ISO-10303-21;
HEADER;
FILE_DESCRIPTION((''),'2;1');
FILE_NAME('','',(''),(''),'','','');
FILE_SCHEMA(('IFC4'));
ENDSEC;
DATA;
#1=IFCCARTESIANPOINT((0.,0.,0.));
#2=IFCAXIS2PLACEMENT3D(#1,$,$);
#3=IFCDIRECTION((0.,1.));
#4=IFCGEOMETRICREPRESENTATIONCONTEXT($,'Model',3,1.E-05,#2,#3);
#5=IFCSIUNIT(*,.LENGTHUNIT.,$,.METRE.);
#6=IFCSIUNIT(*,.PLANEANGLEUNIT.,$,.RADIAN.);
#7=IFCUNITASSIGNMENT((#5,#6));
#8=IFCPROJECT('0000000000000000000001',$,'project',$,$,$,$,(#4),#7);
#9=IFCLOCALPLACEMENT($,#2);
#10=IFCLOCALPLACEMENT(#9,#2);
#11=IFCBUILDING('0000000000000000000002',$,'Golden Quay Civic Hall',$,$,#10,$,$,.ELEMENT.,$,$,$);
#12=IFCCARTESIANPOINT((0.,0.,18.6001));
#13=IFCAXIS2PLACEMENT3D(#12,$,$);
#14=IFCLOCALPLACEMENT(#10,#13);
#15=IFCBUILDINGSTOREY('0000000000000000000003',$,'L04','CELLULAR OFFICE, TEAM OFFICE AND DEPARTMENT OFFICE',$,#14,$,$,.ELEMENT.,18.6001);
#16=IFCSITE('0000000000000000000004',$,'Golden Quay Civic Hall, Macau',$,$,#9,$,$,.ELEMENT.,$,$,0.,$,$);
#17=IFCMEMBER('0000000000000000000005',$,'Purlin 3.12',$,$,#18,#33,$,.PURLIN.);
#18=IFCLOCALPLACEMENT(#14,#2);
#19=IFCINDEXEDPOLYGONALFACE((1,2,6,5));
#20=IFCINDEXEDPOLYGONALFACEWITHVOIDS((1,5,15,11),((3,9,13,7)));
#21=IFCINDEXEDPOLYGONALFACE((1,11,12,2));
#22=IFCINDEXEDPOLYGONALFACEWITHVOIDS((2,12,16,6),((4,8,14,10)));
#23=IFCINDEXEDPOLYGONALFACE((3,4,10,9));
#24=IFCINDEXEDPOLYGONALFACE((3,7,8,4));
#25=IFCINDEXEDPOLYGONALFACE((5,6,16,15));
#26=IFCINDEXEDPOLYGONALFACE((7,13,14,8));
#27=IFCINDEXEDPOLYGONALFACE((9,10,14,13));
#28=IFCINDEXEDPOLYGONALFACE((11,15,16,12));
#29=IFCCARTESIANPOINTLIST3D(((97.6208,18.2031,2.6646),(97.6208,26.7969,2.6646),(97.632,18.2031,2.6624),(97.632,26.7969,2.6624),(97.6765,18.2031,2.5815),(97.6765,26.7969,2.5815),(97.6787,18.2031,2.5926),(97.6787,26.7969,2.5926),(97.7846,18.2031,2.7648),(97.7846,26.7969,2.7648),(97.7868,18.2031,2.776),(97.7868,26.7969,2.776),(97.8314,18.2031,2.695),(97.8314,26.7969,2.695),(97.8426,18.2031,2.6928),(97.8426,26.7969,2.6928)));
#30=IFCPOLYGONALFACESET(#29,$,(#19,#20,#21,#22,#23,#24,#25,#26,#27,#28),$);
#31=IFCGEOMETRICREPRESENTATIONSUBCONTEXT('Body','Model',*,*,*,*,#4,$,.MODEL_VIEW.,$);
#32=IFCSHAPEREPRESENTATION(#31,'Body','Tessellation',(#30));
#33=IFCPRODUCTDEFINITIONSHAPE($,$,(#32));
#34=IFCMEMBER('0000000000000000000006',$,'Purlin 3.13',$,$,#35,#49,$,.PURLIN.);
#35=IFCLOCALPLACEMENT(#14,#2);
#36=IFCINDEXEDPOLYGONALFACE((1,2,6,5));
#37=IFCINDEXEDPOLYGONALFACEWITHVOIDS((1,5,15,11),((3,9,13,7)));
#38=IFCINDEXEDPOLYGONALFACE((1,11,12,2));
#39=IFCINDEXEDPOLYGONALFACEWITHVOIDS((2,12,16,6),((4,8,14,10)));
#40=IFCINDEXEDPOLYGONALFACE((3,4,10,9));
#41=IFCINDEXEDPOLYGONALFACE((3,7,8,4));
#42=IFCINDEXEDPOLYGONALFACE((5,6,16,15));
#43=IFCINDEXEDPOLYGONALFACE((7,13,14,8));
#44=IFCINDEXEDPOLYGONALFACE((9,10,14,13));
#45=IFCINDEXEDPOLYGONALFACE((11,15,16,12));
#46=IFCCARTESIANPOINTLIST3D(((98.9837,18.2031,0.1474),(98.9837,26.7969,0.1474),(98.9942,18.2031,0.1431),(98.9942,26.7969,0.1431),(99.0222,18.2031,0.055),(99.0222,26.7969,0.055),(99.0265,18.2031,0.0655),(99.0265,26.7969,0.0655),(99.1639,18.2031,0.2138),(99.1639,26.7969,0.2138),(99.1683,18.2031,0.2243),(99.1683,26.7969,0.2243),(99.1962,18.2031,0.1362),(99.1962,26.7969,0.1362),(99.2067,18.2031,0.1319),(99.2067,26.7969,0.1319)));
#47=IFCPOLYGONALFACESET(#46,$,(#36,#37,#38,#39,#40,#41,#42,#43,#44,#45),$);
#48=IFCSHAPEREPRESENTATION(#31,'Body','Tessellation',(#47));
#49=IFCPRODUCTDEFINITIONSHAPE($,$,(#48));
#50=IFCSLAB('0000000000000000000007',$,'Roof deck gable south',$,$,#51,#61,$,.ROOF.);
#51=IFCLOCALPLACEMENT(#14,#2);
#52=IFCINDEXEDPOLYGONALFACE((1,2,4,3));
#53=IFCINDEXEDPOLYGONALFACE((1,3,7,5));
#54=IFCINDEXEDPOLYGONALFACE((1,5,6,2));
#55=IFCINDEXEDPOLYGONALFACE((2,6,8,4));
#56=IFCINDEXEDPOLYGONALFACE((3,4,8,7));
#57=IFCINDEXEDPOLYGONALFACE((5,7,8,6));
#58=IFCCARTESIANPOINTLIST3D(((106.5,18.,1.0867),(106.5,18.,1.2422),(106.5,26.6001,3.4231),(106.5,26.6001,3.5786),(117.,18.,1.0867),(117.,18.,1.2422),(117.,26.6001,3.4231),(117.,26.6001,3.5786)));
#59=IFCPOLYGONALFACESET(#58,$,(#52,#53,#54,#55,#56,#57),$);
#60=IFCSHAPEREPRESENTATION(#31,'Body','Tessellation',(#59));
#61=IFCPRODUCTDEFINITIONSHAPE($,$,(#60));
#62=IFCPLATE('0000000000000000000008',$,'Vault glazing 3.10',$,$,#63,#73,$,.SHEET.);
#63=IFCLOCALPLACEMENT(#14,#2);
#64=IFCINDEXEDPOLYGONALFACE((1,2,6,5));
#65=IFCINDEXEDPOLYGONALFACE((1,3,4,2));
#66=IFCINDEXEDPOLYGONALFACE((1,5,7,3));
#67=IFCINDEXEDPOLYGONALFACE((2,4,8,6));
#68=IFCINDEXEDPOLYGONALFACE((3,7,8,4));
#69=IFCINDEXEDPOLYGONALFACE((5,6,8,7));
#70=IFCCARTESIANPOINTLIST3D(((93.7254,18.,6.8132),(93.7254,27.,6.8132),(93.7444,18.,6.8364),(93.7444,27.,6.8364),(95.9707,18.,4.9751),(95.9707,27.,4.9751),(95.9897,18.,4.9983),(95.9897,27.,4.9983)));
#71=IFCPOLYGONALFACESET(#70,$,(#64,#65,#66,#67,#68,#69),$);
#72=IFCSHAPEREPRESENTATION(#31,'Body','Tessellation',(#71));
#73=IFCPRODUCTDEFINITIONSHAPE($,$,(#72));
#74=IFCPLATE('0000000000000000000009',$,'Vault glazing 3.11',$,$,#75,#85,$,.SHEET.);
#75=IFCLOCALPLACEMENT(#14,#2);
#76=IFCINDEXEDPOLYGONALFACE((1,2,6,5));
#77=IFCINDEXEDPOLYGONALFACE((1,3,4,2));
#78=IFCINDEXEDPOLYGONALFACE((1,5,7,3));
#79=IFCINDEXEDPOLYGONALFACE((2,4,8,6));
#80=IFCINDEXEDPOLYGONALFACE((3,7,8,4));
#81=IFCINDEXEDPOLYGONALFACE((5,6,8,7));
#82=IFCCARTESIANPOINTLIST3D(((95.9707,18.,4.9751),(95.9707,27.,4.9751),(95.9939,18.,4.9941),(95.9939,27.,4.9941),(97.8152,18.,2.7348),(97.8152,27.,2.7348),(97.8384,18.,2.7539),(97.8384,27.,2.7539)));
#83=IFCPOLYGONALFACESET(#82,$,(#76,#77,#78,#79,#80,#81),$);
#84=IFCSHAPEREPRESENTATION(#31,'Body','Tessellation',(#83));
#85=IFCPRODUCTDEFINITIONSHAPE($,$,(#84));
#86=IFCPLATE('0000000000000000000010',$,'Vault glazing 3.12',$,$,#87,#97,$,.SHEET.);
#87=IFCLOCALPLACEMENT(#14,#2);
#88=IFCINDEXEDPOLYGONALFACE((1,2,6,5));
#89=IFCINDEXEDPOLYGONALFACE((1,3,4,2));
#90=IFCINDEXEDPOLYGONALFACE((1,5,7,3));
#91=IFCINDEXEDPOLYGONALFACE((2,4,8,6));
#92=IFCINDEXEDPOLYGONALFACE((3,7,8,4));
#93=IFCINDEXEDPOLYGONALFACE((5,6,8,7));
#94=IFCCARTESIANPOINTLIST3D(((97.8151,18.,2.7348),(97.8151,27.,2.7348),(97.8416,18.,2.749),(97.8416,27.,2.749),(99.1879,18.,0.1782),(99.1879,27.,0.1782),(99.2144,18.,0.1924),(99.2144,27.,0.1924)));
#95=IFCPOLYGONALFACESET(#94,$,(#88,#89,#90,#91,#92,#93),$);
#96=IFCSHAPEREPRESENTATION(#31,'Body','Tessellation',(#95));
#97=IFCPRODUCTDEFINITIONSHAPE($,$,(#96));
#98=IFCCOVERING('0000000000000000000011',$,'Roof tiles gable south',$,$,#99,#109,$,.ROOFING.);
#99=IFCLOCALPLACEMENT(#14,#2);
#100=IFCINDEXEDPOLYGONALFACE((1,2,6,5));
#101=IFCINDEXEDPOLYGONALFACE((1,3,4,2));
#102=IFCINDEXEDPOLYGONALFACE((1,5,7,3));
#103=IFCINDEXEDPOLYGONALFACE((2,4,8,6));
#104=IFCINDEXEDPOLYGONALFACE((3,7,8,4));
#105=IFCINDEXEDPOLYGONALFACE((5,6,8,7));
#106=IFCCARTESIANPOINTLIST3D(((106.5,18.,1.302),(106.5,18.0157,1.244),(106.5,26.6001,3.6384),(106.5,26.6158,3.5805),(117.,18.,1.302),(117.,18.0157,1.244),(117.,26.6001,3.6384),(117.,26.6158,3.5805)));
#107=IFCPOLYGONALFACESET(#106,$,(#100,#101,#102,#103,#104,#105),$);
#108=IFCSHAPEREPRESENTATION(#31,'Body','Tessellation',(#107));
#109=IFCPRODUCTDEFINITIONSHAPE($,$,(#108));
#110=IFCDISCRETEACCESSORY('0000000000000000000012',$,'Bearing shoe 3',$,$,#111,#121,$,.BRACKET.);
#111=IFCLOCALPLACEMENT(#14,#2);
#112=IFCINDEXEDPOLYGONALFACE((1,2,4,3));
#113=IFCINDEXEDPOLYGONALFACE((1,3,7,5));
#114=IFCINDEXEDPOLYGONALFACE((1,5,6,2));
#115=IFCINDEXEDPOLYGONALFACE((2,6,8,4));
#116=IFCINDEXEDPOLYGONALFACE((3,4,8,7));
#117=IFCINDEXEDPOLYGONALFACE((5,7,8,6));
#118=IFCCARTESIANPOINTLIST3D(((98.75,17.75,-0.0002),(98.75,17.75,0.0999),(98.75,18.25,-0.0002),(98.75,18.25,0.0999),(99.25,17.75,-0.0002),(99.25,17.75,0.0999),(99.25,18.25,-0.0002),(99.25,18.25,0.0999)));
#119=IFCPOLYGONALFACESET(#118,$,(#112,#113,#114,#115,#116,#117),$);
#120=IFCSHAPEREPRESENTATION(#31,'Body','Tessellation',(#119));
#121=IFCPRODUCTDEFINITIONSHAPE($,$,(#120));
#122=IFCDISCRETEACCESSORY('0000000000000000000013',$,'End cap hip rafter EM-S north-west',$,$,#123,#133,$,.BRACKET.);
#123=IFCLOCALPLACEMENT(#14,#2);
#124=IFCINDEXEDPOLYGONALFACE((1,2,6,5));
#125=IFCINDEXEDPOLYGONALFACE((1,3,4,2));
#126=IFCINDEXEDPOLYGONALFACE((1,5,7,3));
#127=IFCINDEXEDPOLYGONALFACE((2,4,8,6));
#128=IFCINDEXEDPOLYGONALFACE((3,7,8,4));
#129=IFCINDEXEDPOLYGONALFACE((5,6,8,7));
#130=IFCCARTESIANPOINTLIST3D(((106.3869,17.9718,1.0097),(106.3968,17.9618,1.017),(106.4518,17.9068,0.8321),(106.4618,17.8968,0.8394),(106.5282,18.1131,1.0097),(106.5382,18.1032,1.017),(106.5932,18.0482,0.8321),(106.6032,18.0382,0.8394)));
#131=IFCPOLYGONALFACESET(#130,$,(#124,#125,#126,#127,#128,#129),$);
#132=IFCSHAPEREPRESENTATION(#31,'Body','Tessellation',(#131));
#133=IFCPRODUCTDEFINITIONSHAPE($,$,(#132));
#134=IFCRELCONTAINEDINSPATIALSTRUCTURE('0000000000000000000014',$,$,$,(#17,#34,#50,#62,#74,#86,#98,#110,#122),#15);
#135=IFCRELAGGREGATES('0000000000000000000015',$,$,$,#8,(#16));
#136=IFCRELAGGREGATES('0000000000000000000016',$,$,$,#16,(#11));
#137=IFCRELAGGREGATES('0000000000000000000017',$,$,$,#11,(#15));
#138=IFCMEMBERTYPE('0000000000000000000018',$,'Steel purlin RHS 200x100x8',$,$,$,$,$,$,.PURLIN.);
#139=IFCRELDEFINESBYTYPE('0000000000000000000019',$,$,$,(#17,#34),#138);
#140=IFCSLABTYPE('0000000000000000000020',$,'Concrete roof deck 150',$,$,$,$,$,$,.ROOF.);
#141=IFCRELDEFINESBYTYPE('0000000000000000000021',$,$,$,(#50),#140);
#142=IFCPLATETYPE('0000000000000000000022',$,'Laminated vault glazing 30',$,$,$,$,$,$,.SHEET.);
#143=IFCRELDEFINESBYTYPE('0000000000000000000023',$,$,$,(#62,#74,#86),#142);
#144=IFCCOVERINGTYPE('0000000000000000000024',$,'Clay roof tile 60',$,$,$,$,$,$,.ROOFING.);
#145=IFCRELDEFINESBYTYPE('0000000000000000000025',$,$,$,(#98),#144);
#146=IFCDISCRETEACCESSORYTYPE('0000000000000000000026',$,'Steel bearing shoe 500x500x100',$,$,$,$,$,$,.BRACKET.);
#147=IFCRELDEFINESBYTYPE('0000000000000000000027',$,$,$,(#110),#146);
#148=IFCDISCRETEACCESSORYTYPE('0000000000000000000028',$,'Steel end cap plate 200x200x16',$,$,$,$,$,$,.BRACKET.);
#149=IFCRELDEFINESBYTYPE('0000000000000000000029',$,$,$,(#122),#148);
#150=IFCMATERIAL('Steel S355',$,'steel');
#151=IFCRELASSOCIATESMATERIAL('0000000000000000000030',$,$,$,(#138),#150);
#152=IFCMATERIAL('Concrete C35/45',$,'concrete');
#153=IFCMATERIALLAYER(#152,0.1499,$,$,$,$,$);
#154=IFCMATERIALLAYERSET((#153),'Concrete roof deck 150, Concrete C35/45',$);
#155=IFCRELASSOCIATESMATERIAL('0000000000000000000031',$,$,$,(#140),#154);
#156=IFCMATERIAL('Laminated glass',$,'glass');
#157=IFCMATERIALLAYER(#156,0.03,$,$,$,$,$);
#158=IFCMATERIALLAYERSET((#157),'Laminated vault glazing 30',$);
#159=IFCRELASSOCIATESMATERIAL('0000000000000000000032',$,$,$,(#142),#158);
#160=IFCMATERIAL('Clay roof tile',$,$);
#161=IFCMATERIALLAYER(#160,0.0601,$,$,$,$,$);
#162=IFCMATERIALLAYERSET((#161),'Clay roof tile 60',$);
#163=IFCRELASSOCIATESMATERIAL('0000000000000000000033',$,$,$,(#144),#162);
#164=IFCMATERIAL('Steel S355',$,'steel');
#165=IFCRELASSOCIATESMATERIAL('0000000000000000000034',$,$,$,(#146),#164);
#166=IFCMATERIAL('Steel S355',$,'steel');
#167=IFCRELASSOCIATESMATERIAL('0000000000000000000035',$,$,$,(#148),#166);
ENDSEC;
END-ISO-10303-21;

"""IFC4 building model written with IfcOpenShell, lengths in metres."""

from ifc_helpers import new_model, si_unit, direction, frame, origin, origin_2d, place, context, subcontext, project, spatial, polyline, rectangle, hollow_rectangle, outline, extrude, material, layer, layer_set, material_profile, profile_set, type_object, element, save


model = new_model("IFC4")

# Units and contexts
model_context = context("Model", 3, precision=1e-05, world=origin(), true_north=direction((0.0, 1.0)))
body_context = subcontext(model_context, "Body", "Model", "MODEL_VIEW")
ifc_project = project(units=[si_unit("LENGTHUNIT", "METRE"), si_unit("PLANEANGLEUNIT", "RADIAN")], contexts=[model_context])

# Site, building, storey
site_placement = place(None, origin())
site = spatial("IfcSite", under=ifc_project, at=site_placement, Name="Golden Quay Civic Hall, Macau", CompositionType="ELEMENT", RefElevation=0.0)
building_placement = place(site_placement, origin())
building = spatial("IfcBuilding", under=site, at=building_placement, Name="Golden Quay Civic Hall", CompositionType="ELEMENT")
storey_placement = place(building_placement, frame((0.0, 0.0, 18.6001)))
storey = spatial("IfcBuildingStorey", under=building, at=storey_placement, Name="L04", Description="CELLULAR OFFICE, TEAM OFFICE AND DEPARTMENT OFFICE", CompositionType="ELEMENT", Elevation=18.6001)

# Members
ifc_material_1 = material(Name="Steel S355", Category="steel")
ifc_material_profile_1 = material_profile(ifc_material_1, hollow_rectangle(XDim=0.1001, YDim=0.2, WallThickness=0.0081, at=origin_2d()), Name="RHS 200x100x8")
ifc_profile_set_1 = profile_set([ifc_material_profile_1], Name="Steel S355")
member_type_1 = type_object("IfcMemberType", Name="Steel purlin RHS 200x100x8", PredefinedType="PURLIN", material=ifc_profile_set_1)
for number, where, z_axis, x_axis, name in (
    (1, (97.7317, 18.2031, 2.6787), (0.0, 1.0, 0.0), (-0.557019, 0.0, 0.8305), "Purlin 3.12"),
    (2, (99.0952, 18.2031, 0.1396), (0.0, 1.0, 0.0), (-0.384615, 0.0, 0.923077), "Purlin 3.13"),
):
    element("IfcMember", number, at=place(storey_placement, frame(where, z_axis=z_axis, x_axis=x_axis)), inside=storey, type_object=member_type_1, Name=name, PredefinedType="PURLIN", context=body_context, shape_type="SweptSolid", body=[
        extrude(hollow_rectangle(XDim=0.1001, YDim=0.2, WallThickness=0.0081, at=origin_2d()), origin(), (0.0, 0.0, 1.0), 8.5938),
    ])

# Slab
ifc_material_2 = material(Name="Concrete C35/45", Category="concrete")
ifc_layer_1 = layer(ifc_material_2, 0.1499)
ifc_layer_set_1 = layer_set([ifc_layer_1], Name="Concrete roof deck 150, Concrete C35/45")
slab_type = type_object("IfcSlabType", Name="Concrete roof deck 150", PredefinedType="ROOF", material=ifc_layer_set_1)
slab_placement = place(storey_placement, frame((106.5, 18.0, 1.2422), z_axis=(0.0, -0.262172, 0.965021), x_axis=(1.0, 0.0, 0.0)))
element("IfcSlab", 3, at=slab_placement, inside=storey, type_object=slab_type, Name="Roof deck gable south", PredefinedType="ROOF", context=body_context, shape_type="SweptSolid", body=[
    extrude(outline(polyline([(0.0, 0.0), (10.5, 0.0), (10.5, 8.9118), (0.0, 8.9118), (0.0, 0.0)])), origin(), (0.0, -0.262172, -0.965021), 0.1555),
])

# Plates
ifc_material_3 = material(Name="Laminated glass", Category="glass")
ifc_layer_2 = layer(ifc_material_3, 0.03)
ifc_layer_set_2 = layer_set([ifc_layer_2], Name="Laminated vault glazing 30")
plate_type = type_object("IfcPlateType", Name="Laminated vault glazing 30", PredefinedType="SHEET", material=ifc_layer_set_2)
plate_1_placement = place(storey_placement, frame((93.7444, 18.0, 6.8364), z_axis=(0.633449, 0.0, 0.773785), x_axis=(0.773785, 0.0, -0.633449)))
element("IfcPlate", 4, at=plate_1_placement, inside=storey, type_object=plate_type, Name="Vault glazing 3.10", PredefinedType="SHEET", context=body_context, shape_type="SweptSolid", body=[
    extrude(outline(polyline([(0.0, 0.0), (2.9018, 0.0), (2.9018, 9.0), (0.0, 9.0), (0.0, 0.0)])), origin(), (0.0, 0.0, -1.0), 0.03),
])
plate_2_placement = place(storey_placement, frame((95.9939, 18.0, 4.9941), z_axis=(0.772001, 0.0, 0.635622), x_axis=(0.635622, 0.0, -0.772001)))
element("IfcPlate", 5, at=plate_2_placement, inside=storey, type_object=plate_type, Name="Vault glazing 3.11", PredefinedType="SHEET", context=body_context, shape_type="SweptSolid", body=[
    extrude(outline(polyline([(0.0, 0.0), (2.9019, 0.0), (2.9019, 9.0), (0.0, 9.0), (0.0, 0.0)])), origin(), (0.0, 0.0, -1.0), 0.03),
])
plate_3_placement = place(storey_placement, frame((97.8416, 18.0, 2.749), z_axis=(0.881024, 0.0, 0.473071), x_axis=(0.473071, 0.0, -0.881024)))
element("IfcPlate", 6, at=plate_3_placement, inside=storey, type_object=plate_type, Name="Vault glazing 3.12", PredefinedType="SHEET", context=body_context, shape_type="SweptSolid", body=[
    extrude(outline(polyline([(0.0, 0.0), (2.9019, 0.0), (2.9019, 9.0), (0.0, 9.0), (0.0, 0.0)])), origin(), (0.0, 0.0, -1.0), 0.03),
])

# Covering
ifc_material_4 = material(Name="Clay roof tile")
ifc_layer_3 = layer(ifc_material_4, 0.0601)
ifc_layer_set_3 = layer_set([ifc_layer_3], Name="Clay roof tile 60")
covering_type = type_object("IfcCoveringType", Name="Clay roof tile 60", PredefinedType="ROOFING", material=ifc_layer_set_3)
covering_placement = place(storey_placement, frame((106.5, 18.0, 1.302), z_axis=(0.0, -0.262172, 0.965021), x_axis=(1.0, 0.0, 0.0)))
element("IfcCovering", 7, at=covering_placement, inside=storey, type_object=covering_type, Name="Roof tiles gable south", PredefinedType="ROOFING", context=body_context, shape_type="SweptSolid", body=[
    extrude(outline(polyline([(0.0, 0.0), (10.5, 0.0), (10.5, 8.9118), (0.0, 8.9118), (0.0, 0.0)])), origin(), (0.0, 0.0, -1.0), 0.0601),
])

# Discrete accessories
ifc_material_5 = material(Name="Steel S355", Category="steel")
discrete_accessory_type_1 = type_object("IfcDiscreteAccessoryType", Name="Steel bearing shoe 500x500x100", PredefinedType="BRACKET", material=ifc_material_5)
discrete_accessory_1_placement = place(storey_placement, frame((99.0, 18.0, -0.0002), z_axis=(0.0, 0.0, 1.0), x_axis=(1.0, 0.0, 0.0)))
element("IfcDiscreteAccessory", 8, at=discrete_accessory_1_placement, inside=storey, type_object=discrete_accessory_type_1, Name="Bearing shoe 3", PredefinedType="BRACKET", context=body_context, shape_type="SweptSolid", body=[
    extrude(rectangle(XDim=0.5, YDim=0.5, at=origin_2d()), origin(), (0.0, 0.0, 1.0), 0.1001),
])
ifc_material_6 = material(Name="Steel S355", Category="steel")
ifc_material_profile_2 = material_profile(ifc_material_6, rectangle(XDim=0.2, YDim=0.2, at=origin_2d()), Name="Steel end cap plate 200x200x16")
ifc_profile_set_2 = profile_set([ifc_material_profile_2], Name="Steel S355")
discrete_accessory_type_2 = type_object("IfcDiscreteAccessoryType", Name="Steel end cap plate 200x200x16", PredefinedType="BRACKET", material=ifc_profile_set_2)
discrete_accessory_2_placement = place(storey_placement, frame((106.5, 18.0, 0.9282), z_axis=(-0.628025, 0.628025, -0.459531), x_axis=(-0.707107, -0.707107, 0.0)))
element("IfcDiscreteAccessory", 9, at=discrete_accessory_2_placement, inside=storey, type_object=discrete_accessory_type_2, Name="End cap hip rafter EM-S north-west", PredefinedType="BRACKET", context=body_context, shape_type="SweptSolid", body=[
    extrude(rectangle(XDim=0.2, YDim=0.2, at=origin_2d()), origin(), (0.0, 0.0, 1.0), 0.0159),
])

save(model, "model.ifc")
